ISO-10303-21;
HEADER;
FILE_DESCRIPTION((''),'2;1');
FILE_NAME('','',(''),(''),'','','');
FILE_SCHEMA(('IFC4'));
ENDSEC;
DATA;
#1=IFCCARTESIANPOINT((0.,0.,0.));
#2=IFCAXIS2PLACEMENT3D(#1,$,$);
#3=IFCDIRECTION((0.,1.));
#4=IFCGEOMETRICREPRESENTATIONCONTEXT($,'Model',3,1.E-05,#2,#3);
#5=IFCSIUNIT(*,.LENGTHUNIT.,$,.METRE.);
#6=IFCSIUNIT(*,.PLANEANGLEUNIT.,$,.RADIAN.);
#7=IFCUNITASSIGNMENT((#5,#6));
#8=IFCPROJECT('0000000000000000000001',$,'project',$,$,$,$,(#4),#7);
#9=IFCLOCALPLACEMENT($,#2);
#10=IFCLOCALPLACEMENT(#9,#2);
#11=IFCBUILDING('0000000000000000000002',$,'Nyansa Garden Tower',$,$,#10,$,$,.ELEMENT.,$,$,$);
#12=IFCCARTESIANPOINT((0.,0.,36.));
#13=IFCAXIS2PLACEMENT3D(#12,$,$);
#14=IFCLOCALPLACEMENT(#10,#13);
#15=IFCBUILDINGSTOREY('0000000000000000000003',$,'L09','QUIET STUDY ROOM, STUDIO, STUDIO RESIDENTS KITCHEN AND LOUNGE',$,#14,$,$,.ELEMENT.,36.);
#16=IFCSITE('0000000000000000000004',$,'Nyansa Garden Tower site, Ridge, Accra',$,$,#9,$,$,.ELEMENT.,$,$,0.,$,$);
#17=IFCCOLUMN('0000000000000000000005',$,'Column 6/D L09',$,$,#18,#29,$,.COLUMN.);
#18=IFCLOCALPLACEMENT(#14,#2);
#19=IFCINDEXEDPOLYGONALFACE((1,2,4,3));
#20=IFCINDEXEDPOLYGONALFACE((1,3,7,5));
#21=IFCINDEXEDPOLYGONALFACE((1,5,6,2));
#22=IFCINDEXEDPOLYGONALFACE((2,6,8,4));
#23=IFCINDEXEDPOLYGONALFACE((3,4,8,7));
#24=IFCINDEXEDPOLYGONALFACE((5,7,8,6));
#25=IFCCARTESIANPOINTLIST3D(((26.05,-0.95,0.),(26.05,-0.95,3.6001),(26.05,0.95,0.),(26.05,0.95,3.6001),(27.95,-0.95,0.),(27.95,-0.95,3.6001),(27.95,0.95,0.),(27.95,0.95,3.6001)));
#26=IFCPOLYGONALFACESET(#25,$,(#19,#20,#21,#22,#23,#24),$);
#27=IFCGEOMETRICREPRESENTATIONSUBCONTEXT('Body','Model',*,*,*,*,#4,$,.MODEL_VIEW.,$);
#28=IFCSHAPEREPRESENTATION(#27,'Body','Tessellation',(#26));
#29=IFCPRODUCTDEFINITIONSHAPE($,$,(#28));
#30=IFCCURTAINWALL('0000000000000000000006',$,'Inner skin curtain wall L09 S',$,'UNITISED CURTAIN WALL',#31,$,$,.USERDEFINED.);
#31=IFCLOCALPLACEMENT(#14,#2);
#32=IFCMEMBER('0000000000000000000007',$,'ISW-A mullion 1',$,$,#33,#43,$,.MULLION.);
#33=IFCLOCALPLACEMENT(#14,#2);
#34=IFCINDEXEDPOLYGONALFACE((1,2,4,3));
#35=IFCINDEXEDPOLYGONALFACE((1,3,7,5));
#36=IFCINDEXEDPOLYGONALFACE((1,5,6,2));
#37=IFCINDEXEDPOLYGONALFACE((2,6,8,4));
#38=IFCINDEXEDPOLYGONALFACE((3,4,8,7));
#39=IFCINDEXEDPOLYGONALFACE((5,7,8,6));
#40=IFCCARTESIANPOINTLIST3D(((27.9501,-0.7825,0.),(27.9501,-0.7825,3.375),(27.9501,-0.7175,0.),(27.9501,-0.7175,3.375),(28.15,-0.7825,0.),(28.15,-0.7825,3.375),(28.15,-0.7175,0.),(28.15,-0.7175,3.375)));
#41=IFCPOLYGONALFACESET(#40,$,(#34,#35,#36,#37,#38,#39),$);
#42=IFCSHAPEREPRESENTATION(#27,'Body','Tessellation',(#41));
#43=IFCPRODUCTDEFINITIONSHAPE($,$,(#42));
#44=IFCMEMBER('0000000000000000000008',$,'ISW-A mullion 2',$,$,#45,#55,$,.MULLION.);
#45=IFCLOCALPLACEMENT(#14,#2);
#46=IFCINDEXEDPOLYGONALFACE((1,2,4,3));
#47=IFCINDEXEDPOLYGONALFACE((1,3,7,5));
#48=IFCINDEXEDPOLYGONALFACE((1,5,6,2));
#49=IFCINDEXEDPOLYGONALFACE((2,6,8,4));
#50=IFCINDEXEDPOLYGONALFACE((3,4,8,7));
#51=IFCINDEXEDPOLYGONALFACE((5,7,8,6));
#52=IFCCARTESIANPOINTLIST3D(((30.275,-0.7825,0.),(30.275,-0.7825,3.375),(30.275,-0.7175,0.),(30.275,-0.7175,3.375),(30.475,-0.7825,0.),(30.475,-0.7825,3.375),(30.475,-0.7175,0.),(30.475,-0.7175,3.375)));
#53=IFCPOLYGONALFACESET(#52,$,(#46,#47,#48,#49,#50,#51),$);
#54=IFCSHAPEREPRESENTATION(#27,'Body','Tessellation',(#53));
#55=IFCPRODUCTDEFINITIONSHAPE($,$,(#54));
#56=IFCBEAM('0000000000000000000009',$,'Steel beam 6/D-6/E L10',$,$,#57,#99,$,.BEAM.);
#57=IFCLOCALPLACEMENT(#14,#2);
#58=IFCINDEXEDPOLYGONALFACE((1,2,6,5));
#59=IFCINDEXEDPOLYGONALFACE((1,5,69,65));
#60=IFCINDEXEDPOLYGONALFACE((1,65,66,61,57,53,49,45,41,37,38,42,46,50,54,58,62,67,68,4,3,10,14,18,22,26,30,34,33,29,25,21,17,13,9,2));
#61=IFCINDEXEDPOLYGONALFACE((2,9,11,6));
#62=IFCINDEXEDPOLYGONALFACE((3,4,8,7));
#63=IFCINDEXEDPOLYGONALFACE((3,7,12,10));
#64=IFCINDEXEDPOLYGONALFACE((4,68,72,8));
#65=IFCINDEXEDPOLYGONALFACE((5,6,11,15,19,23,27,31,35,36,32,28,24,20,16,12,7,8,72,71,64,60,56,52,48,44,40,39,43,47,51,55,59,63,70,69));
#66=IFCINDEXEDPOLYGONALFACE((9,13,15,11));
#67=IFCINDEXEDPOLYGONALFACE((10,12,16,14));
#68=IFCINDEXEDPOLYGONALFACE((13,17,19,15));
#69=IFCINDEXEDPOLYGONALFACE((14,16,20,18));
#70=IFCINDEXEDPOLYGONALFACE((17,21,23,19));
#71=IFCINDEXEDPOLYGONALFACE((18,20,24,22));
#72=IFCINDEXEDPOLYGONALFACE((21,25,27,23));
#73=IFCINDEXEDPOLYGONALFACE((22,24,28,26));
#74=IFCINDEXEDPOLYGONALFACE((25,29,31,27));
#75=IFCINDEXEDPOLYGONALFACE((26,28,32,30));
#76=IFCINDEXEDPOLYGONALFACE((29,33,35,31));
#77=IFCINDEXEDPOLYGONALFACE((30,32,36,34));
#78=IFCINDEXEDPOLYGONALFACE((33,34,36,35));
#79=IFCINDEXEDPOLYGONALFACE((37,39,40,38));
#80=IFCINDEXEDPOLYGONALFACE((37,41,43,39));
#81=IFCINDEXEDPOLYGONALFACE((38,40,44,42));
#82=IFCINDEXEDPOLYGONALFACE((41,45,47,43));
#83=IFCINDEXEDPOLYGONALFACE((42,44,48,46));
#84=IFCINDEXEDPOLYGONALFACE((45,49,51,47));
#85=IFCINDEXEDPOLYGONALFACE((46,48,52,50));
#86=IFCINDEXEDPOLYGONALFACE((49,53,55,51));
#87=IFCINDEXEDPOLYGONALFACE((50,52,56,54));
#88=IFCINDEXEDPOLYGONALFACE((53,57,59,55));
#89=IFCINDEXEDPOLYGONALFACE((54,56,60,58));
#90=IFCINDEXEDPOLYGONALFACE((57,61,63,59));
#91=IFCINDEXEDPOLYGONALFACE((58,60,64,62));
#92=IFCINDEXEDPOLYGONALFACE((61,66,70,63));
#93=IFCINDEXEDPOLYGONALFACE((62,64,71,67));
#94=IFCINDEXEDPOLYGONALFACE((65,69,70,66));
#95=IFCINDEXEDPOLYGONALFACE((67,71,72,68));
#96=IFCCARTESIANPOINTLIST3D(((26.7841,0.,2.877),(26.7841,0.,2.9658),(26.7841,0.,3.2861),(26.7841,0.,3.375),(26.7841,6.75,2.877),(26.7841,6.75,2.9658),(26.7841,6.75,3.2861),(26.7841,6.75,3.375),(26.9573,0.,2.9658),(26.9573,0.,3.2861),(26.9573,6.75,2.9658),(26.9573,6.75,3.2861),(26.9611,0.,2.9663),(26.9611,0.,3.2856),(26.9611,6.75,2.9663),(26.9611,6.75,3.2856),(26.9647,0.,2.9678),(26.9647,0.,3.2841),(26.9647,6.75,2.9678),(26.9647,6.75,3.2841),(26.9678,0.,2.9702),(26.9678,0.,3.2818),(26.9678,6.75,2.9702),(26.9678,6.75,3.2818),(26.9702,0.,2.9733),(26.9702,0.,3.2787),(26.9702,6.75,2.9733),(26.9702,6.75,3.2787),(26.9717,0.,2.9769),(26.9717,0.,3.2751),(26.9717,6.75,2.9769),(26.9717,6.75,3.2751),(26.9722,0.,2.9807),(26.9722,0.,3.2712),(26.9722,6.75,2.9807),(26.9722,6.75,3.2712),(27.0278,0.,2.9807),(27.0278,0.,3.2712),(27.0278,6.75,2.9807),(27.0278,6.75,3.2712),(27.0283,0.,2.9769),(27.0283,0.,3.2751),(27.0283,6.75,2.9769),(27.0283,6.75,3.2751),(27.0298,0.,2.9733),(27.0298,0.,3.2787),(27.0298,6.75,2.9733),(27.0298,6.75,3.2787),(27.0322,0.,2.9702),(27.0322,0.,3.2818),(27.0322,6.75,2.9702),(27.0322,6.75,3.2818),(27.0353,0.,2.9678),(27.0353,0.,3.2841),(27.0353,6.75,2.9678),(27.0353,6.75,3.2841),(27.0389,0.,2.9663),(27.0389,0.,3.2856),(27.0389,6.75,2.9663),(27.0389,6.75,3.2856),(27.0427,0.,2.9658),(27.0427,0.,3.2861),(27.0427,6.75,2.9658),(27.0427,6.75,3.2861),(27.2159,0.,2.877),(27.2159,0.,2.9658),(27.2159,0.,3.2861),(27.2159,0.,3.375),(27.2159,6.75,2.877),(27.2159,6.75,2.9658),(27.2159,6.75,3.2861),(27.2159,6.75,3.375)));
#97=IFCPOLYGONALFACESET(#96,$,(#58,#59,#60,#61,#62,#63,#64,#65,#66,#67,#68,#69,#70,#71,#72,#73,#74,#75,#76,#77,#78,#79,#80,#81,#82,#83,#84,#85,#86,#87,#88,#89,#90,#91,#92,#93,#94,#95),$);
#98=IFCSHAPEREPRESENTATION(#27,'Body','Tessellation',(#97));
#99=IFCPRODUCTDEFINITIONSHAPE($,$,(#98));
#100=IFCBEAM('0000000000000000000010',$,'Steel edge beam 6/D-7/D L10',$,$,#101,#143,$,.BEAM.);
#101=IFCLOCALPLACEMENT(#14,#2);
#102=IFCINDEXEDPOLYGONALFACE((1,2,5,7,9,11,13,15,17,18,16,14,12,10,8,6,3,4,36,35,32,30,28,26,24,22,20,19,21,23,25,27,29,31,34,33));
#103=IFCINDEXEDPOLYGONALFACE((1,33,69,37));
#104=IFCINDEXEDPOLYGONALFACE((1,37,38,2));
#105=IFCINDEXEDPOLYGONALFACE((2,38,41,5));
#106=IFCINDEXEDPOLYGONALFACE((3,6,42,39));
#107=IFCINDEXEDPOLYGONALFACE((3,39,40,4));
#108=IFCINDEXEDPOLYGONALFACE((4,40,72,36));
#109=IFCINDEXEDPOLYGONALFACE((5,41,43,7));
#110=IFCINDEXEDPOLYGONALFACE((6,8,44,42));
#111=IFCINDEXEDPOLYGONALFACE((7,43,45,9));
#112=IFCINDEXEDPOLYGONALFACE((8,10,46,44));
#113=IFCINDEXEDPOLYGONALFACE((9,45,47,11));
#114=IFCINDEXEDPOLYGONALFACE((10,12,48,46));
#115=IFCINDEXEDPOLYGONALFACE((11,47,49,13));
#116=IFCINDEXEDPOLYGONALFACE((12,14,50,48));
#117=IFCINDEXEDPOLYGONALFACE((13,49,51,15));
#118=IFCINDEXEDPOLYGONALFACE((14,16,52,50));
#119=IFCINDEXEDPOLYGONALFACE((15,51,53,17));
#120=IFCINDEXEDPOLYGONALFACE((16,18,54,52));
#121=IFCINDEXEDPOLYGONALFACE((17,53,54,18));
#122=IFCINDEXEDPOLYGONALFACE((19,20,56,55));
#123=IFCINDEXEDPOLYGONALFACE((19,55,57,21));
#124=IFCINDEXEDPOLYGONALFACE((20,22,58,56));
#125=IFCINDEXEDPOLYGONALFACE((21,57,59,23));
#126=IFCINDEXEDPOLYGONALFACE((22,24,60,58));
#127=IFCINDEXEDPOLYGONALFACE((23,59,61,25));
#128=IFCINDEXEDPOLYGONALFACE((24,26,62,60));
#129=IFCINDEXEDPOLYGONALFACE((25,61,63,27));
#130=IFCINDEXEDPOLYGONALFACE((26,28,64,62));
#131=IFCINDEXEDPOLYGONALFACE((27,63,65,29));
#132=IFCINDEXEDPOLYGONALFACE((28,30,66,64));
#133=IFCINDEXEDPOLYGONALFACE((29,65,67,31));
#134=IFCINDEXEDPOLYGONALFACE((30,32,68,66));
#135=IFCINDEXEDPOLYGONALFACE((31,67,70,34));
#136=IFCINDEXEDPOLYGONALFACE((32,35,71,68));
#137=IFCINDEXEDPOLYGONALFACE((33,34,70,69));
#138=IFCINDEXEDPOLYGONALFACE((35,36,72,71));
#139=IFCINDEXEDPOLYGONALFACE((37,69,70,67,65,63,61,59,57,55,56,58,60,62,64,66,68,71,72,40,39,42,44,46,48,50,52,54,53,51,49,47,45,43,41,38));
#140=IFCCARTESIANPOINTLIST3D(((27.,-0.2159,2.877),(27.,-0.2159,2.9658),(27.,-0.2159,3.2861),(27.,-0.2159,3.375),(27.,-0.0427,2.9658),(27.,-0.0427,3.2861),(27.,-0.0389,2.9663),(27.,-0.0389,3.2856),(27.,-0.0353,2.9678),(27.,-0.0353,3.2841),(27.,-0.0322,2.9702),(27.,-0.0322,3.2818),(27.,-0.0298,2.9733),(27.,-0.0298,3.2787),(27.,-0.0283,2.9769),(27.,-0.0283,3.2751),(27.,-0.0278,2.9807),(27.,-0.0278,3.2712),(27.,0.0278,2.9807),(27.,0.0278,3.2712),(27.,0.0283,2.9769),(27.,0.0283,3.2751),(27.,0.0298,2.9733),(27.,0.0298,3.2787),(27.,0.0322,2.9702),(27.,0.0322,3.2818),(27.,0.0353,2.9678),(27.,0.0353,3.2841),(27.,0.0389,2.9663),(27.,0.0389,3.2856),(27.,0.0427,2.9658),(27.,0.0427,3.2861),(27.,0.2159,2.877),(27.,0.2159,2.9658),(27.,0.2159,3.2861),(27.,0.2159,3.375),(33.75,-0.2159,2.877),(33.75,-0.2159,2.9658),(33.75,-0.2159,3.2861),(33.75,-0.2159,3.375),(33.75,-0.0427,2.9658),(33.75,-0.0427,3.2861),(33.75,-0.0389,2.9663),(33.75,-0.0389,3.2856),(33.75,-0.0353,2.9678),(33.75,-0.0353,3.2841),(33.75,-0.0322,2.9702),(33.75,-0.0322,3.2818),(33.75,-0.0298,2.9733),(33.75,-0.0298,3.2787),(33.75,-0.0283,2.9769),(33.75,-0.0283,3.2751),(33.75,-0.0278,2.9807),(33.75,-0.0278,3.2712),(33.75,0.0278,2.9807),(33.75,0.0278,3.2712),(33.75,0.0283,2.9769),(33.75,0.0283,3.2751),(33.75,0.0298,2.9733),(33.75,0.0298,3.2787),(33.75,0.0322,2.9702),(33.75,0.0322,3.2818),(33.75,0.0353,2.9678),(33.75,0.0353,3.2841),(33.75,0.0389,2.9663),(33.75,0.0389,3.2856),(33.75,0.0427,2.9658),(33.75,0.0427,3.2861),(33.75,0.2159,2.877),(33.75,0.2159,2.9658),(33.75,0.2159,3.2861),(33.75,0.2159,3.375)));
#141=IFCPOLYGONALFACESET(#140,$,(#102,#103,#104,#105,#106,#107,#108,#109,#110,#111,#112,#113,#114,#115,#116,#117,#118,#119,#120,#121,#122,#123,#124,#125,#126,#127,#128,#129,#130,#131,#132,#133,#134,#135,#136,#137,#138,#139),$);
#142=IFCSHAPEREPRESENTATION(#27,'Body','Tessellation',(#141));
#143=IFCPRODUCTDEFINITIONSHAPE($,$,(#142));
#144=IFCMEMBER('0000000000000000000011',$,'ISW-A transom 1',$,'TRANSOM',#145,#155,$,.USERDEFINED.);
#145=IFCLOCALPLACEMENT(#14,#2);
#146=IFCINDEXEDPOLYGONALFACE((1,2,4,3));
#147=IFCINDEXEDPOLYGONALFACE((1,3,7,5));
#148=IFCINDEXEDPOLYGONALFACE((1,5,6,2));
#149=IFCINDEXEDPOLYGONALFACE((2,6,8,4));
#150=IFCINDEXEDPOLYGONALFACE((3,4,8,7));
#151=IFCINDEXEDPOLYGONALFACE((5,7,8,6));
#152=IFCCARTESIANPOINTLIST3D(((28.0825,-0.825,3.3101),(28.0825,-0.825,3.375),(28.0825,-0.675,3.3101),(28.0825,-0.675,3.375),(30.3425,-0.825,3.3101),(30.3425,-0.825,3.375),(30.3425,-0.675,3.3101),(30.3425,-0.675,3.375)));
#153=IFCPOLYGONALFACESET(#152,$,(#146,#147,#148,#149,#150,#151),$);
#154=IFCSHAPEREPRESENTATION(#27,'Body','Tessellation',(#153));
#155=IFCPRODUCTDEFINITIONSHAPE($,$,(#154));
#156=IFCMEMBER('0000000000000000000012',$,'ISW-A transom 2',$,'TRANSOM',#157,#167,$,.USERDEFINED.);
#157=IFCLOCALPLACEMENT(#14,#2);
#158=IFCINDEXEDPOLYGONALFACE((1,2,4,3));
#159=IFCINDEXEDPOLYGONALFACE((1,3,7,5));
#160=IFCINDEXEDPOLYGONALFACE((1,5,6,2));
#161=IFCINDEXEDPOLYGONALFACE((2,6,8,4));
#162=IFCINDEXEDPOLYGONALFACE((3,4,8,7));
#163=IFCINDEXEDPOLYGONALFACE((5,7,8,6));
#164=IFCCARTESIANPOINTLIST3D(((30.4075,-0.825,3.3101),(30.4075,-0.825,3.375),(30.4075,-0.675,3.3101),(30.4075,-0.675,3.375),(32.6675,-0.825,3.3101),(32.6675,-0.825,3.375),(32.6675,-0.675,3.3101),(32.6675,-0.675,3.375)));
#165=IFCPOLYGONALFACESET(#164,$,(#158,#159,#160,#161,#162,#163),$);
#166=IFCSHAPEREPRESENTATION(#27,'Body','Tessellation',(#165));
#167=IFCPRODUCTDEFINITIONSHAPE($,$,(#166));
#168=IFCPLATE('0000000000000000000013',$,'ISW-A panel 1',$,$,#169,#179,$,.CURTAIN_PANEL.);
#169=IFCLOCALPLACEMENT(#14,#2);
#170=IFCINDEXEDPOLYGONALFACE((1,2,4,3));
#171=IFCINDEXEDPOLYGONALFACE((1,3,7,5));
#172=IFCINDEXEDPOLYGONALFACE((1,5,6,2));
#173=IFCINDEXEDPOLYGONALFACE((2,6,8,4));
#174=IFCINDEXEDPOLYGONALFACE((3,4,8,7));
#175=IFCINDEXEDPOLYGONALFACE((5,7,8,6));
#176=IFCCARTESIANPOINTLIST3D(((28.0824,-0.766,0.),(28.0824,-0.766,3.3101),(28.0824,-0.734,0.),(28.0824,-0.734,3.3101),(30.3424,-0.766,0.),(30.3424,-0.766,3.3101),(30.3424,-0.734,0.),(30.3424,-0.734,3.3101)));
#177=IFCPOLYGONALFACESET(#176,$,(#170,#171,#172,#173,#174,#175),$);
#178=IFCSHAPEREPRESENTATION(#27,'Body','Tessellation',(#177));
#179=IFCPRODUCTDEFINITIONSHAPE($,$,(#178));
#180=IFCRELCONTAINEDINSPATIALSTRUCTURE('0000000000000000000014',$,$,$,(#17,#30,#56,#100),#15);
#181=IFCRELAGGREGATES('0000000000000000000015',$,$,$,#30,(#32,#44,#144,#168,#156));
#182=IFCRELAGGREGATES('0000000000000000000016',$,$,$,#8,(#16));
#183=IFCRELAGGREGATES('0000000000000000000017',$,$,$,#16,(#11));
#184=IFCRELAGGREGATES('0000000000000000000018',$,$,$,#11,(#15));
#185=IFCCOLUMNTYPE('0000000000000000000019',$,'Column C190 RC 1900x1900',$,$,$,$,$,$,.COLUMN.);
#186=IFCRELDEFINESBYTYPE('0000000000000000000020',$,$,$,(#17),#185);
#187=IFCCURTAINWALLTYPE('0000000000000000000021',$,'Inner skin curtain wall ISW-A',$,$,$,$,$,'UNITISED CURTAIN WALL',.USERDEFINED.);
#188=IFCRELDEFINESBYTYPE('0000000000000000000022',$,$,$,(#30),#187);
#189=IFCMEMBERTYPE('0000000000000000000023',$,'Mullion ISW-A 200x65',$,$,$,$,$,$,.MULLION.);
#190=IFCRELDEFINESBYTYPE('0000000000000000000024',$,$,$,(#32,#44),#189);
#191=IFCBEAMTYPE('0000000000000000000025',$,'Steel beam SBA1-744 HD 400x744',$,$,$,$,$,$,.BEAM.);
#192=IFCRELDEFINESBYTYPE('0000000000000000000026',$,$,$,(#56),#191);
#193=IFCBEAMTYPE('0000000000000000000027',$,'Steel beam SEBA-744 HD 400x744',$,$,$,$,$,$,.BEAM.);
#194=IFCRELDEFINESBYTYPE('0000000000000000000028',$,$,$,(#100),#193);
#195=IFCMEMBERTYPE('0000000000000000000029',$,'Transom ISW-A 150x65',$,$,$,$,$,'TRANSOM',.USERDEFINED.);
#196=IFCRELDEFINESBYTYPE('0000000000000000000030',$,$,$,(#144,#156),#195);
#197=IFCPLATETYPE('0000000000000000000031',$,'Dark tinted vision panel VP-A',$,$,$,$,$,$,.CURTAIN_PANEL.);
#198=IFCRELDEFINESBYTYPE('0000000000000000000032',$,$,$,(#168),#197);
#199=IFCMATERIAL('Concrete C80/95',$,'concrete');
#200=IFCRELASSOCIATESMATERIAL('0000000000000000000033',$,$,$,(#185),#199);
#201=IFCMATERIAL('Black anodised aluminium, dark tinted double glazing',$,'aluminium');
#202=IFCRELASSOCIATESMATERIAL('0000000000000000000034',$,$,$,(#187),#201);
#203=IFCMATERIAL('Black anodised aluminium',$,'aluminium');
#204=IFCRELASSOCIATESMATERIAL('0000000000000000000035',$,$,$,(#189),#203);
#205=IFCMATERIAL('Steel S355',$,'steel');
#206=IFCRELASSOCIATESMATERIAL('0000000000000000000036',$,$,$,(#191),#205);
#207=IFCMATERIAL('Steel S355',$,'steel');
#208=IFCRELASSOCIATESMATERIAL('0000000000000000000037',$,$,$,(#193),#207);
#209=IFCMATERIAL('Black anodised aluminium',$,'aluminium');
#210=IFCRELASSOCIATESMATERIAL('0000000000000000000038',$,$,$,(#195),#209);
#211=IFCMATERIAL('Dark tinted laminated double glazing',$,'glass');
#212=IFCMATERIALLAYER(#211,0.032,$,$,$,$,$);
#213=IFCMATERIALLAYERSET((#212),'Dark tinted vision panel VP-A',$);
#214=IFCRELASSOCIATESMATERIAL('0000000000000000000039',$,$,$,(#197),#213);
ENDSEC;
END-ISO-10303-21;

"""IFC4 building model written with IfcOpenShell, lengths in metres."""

from ifc_helpers import new_model, si_unit, direction, frame, origin, origin_2d, place, context, subcontext, project, spatial, rectangle, i_section, extrude, material, layer, layer_set, material_profile, profile_set, type_object, element, aggregate, save


model = new_model("IFC4")

# Units and contexts
model_context = context("Model", 3, precision=1e-05, world=origin(), true_north=direction((0.0, 1.0)))
body_context = subcontext(model_context, "Body", "Model", "MODEL_VIEW")
ifc_project = project(units=[si_unit("LENGTHUNIT", "METRE"), si_unit("PLANEANGLEUNIT", "RADIAN")], contexts=[model_context])

# Site, building, storey
site_placement = place(None, origin())
site = spatial("IfcSite", under=ifc_project, at=site_placement, Name="Nyansa Garden Tower site, Ridge, Accra", CompositionType="ELEMENT", RefElevation=0.0)
building_placement = place(site_placement, origin())
building = spatial("IfcBuilding", under=site, at=building_placement, Name="Nyansa Garden Tower", CompositionType="ELEMENT")
storey_placement = place(building_placement, frame((0.0, 0.0, 36.0)))
storey = spatial("IfcBuildingStorey", under=building, at=storey_placement, Name="L09", Description="QUIET STUDY ROOM, STUDIO, STUDIO RESIDENTS KITCHEN AND LOUNGE", CompositionType="ELEMENT", Elevation=36.0)

# Column
ifc_material_1 = material(Name="Concrete C80/95", Category="concrete")
ifc_material_profile_1 = material_profile(ifc_material_1, rectangle(XDim=1.8999, YDim=1.8999, at=origin_2d()), Name="RC 1900x1900")
ifc_profile_set_1 = profile_set([ifc_material_profile_1], Name="Concrete C80/95")
column_type = type_object("IfcColumnType", Name="Column C190 RC 1900x1900", PredefinedType="COLUMN", material=ifc_profile_set_1)
column_placement = place(storey_placement, frame((27.0, 0.0, 0.0), z_axis=(0.0, 0.0, 1.0), x_axis=(1.0, 0.0, 0.0)))
element("IfcColumn", 1, at=column_placement, inside=storey, type_object=column_type, Name="Column 6/D L09", PredefinedType="COLUMN", context=body_context, shape_type="SweptSolid", body=[
    extrude(rectangle(XDim=1.8999, YDim=1.8999, at=origin_2d()), origin(), (0.0, 0.0, 1.0), 3.6001),
])

# Curtain wall, members
ifc_material_2 = material(Name="Black anodised aluminium, dark tinted double glazing", Category="aluminium")
curtain_wall_type = type_object("IfcCurtainWallType", Name="Inner skin curtain wall ISW-A", ElementType="UNITISED CURTAIN WALL", PredefinedType="USERDEFINED", material=ifc_material_2)
curtain_wall_placement = place(storey_placement, origin())
curtain_wall = element("IfcCurtainWall", 2, at=curtain_wall_placement, inside=storey, type_object=curtain_wall_type, Name="Inner skin curtain wall L09 S", ObjectType="UNITISED CURTAIN WALL", PredefinedType="USERDEFINED")
ifc_material_3 = material(Name="Black anodised aluminium", Category="aluminium")
ifc_material_profile_2 = material_profile(ifc_material_3, rectangle(XDim=0.0649, YDim=0.2, at=origin_2d()), Name="Mullion 200x65")
ifc_profile_set_2 = profile_set([ifc_material_profile_2], Name="Black anodised aluminium")
member_type_1 = type_object("IfcMemberType", Name="Mullion ISW-A 200x65", PredefinedType="MULLION", material=ifc_profile_set_2)
member_1_placement = place(storey_placement, frame((28.05, -0.75, 0.0), z_axis=(0.0, 0.0, 1.0), x_axis=(0.0, 1.0, 0.0)))
member_1 = element("IfcMember", 3, at=member_1_placement, type_object=member_type_1, Name="ISW-A mullion 1", PredefinedType="MULLION", context=body_context, shape_type="SweptSolid", body=[
    extrude(rectangle(XDim=0.0649, YDim=0.2, at=origin_2d()), origin(), (0.0, 0.0, 1.0), 3.375),
])
member_2_placement = place(storey_placement, frame((30.375, -0.75, 0.0), z_axis=(0.0, 0.0, 1.0), x_axis=(0.0, 1.0, 0.0)))
member_2 = element("IfcMember", 4, at=member_2_placement, type_object=member_type_1, Name="ISW-A mullion 2", PredefinedType="MULLION", context=body_context, shape_type="SweptSolid", body=[
    extrude(rectangle(XDim=0.0649, YDim=0.2, at=origin_2d()), origin(), (0.0, 0.0, 1.0), 3.375),
])

# Beams
ifc_material_4 = material(Name="Steel S355", Category="steel")
ifc_material_profile_3 = material_profile(ifc_material_4, i_section(OverallWidth=0.4319, OverallDepth=0.498, WebThickness=0.0557, FlangeThickness=0.0889, FilletRadius=0.0149, at=origin_2d()), Name="HD 400x744")
ifc_profile_set_3 = profile_set([ifc_material_profile_3], Name="Steel S355")
beam_type_1 = type_object("IfcBeamType", Name="Steel beam SBA1-744 HD 400x744", PredefinedType="BEAM", material=ifc_profile_set_3)
beam_1_placement = place(storey_placement, frame((27.0, 0.0, 3.126), z_axis=(0.0, 1.0, 0.0), x_axis=(-1.0, 0.0, 0.0)))
element("IfcBeam", 5, at=beam_1_placement, inside=storey, type_object=beam_type_1, Name="Steel beam 6/D-6/E L10", PredefinedType="BEAM", context=body_context, shape_type="SweptSolid", body=[
    extrude(i_section(OverallWidth=0.4319, OverallDepth=0.498, WebThickness=0.0557, FlangeThickness=0.0889, FilletRadius=0.0149, at=origin_2d()), origin(), (0.0, 0.0, 1.0), 6.75),
])
ifc_material_5 = material(Name="Steel S355", Category="steel")
ifc_material_profile_4 = material_profile(ifc_material_5, i_section(OverallWidth=0.4319, OverallDepth=0.498, WebThickness=0.0557, FlangeThickness=0.0889, FilletRadius=0.0149, at=origin_2d()), Name="HD 400x744")
ifc_profile_set_4 = profile_set([ifc_material_profile_4], Name="Steel S355")
beam_type_2 = type_object("IfcBeamType", Name="Steel beam SEBA-744 HD 400x744", PredefinedType="BEAM", material=ifc_profile_set_4)
beam_2_placement = place(storey_placement, frame((27.0, 0.0, 3.126), z_axis=(1.0, 0.0, 0.0), x_axis=(0.0, 1.0, 0.0)))
element("IfcBeam", 6, at=beam_2_placement, inside=storey, type_object=beam_type_2, Name="Steel edge beam 6/D-7/D L10", PredefinedType="BEAM", context=body_context, shape_type="SweptSolid", body=[
    extrude(i_section(OverallWidth=0.4319, OverallDepth=0.498, WebThickness=0.0557, FlangeThickness=0.0889, FilletRadius=0.0149, at=origin_2d()), origin(), (0.0, 0.0, 1.0), 6.75),
])

# Members
ifc_material_6 = material(Name="Black anodised aluminium", Category="aluminium")
ifc_material_profile_5 = material_profile(ifc_material_6, rectangle(XDim=0.1499, YDim=0.0649, at=origin_2d()), Name="Transom 150x65")
ifc_profile_set_5 = profile_set([ifc_material_profile_5], Name="Black anodised aluminium")
member_type_2 = type_object("IfcMemberType", Name="Transom ISW-A 150x65", ElementType="TRANSOM", PredefinedType="USERDEFINED", material=ifc_profile_set_5)
member_3_placement = place(storey_placement, frame((28.0825, -0.75, 3.3425), z_axis=(1.0, 0.0, 0.0), x_axis=(0.0, 1.0, 0.0)))
member_3 = element("IfcMember", 7, at=member_3_placement, type_object=member_type_2, Name="ISW-A transom 1", ObjectType="TRANSOM", PredefinedType="USERDEFINED", context=body_context, shape_type="SweptSolid", body=[
    extrude(rectangle(XDim=0.1499, YDim=0.0649, at=origin_2d()), origin(), (0.0, 0.0, 1.0), 2.26),
])
member_4_placement = place(storey_placement, frame((30.4075, -0.75, 3.3425), z_axis=(1.0, 0.0, 0.0), x_axis=(0.0, 1.0, 0.0)))
member_4 = element("IfcMember", 8, at=member_4_placement, type_object=member_type_2, Name="ISW-A transom 2", ObjectType="TRANSOM", PredefinedType="USERDEFINED", context=body_context, shape_type="SweptSolid", body=[
    extrude(rectangle(XDim=0.1499, YDim=0.0649, at=origin_2d()), origin(), (0.0, 0.0, 1.0), 2.26),
])

# Plate
ifc_material_7 = material(Name="Dark tinted laminated double glazing", Category="glass")
ifc_layer_1 = layer(ifc_material_7, 0.032)
ifc_layer_set_1 = layer_set([ifc_layer_1], Name="Dark tinted vision panel VP-A")
plate_type = type_object("IfcPlateType", Name="Dark tinted vision panel VP-A", PredefinedType="CURTAIN_PANEL", material=ifc_layer_set_1)
plate_placement = place(storey_placement, frame((29.2124, -0.75, 0.0), z_axis=(0.0, 0.0, 1.0), x_axis=(1.0, 0.0, 0.0)))
plate = element("IfcPlate", 9, at=plate_placement, type_object=plate_type, Name="ISW-A panel 1", PredefinedType="CURTAIN_PANEL", context=body_context, shape_type="SweptSolid", body=[
    extrude(rectangle(XDim=2.26, YDim=0.032, at=origin_2d()), origin(), (0.0, 0.0, 1.0), 3.3101),
])
aggregate(curtain_wall, [member_1, member_2, member_3, plate, member_4])

save(model, "model.ifc")
